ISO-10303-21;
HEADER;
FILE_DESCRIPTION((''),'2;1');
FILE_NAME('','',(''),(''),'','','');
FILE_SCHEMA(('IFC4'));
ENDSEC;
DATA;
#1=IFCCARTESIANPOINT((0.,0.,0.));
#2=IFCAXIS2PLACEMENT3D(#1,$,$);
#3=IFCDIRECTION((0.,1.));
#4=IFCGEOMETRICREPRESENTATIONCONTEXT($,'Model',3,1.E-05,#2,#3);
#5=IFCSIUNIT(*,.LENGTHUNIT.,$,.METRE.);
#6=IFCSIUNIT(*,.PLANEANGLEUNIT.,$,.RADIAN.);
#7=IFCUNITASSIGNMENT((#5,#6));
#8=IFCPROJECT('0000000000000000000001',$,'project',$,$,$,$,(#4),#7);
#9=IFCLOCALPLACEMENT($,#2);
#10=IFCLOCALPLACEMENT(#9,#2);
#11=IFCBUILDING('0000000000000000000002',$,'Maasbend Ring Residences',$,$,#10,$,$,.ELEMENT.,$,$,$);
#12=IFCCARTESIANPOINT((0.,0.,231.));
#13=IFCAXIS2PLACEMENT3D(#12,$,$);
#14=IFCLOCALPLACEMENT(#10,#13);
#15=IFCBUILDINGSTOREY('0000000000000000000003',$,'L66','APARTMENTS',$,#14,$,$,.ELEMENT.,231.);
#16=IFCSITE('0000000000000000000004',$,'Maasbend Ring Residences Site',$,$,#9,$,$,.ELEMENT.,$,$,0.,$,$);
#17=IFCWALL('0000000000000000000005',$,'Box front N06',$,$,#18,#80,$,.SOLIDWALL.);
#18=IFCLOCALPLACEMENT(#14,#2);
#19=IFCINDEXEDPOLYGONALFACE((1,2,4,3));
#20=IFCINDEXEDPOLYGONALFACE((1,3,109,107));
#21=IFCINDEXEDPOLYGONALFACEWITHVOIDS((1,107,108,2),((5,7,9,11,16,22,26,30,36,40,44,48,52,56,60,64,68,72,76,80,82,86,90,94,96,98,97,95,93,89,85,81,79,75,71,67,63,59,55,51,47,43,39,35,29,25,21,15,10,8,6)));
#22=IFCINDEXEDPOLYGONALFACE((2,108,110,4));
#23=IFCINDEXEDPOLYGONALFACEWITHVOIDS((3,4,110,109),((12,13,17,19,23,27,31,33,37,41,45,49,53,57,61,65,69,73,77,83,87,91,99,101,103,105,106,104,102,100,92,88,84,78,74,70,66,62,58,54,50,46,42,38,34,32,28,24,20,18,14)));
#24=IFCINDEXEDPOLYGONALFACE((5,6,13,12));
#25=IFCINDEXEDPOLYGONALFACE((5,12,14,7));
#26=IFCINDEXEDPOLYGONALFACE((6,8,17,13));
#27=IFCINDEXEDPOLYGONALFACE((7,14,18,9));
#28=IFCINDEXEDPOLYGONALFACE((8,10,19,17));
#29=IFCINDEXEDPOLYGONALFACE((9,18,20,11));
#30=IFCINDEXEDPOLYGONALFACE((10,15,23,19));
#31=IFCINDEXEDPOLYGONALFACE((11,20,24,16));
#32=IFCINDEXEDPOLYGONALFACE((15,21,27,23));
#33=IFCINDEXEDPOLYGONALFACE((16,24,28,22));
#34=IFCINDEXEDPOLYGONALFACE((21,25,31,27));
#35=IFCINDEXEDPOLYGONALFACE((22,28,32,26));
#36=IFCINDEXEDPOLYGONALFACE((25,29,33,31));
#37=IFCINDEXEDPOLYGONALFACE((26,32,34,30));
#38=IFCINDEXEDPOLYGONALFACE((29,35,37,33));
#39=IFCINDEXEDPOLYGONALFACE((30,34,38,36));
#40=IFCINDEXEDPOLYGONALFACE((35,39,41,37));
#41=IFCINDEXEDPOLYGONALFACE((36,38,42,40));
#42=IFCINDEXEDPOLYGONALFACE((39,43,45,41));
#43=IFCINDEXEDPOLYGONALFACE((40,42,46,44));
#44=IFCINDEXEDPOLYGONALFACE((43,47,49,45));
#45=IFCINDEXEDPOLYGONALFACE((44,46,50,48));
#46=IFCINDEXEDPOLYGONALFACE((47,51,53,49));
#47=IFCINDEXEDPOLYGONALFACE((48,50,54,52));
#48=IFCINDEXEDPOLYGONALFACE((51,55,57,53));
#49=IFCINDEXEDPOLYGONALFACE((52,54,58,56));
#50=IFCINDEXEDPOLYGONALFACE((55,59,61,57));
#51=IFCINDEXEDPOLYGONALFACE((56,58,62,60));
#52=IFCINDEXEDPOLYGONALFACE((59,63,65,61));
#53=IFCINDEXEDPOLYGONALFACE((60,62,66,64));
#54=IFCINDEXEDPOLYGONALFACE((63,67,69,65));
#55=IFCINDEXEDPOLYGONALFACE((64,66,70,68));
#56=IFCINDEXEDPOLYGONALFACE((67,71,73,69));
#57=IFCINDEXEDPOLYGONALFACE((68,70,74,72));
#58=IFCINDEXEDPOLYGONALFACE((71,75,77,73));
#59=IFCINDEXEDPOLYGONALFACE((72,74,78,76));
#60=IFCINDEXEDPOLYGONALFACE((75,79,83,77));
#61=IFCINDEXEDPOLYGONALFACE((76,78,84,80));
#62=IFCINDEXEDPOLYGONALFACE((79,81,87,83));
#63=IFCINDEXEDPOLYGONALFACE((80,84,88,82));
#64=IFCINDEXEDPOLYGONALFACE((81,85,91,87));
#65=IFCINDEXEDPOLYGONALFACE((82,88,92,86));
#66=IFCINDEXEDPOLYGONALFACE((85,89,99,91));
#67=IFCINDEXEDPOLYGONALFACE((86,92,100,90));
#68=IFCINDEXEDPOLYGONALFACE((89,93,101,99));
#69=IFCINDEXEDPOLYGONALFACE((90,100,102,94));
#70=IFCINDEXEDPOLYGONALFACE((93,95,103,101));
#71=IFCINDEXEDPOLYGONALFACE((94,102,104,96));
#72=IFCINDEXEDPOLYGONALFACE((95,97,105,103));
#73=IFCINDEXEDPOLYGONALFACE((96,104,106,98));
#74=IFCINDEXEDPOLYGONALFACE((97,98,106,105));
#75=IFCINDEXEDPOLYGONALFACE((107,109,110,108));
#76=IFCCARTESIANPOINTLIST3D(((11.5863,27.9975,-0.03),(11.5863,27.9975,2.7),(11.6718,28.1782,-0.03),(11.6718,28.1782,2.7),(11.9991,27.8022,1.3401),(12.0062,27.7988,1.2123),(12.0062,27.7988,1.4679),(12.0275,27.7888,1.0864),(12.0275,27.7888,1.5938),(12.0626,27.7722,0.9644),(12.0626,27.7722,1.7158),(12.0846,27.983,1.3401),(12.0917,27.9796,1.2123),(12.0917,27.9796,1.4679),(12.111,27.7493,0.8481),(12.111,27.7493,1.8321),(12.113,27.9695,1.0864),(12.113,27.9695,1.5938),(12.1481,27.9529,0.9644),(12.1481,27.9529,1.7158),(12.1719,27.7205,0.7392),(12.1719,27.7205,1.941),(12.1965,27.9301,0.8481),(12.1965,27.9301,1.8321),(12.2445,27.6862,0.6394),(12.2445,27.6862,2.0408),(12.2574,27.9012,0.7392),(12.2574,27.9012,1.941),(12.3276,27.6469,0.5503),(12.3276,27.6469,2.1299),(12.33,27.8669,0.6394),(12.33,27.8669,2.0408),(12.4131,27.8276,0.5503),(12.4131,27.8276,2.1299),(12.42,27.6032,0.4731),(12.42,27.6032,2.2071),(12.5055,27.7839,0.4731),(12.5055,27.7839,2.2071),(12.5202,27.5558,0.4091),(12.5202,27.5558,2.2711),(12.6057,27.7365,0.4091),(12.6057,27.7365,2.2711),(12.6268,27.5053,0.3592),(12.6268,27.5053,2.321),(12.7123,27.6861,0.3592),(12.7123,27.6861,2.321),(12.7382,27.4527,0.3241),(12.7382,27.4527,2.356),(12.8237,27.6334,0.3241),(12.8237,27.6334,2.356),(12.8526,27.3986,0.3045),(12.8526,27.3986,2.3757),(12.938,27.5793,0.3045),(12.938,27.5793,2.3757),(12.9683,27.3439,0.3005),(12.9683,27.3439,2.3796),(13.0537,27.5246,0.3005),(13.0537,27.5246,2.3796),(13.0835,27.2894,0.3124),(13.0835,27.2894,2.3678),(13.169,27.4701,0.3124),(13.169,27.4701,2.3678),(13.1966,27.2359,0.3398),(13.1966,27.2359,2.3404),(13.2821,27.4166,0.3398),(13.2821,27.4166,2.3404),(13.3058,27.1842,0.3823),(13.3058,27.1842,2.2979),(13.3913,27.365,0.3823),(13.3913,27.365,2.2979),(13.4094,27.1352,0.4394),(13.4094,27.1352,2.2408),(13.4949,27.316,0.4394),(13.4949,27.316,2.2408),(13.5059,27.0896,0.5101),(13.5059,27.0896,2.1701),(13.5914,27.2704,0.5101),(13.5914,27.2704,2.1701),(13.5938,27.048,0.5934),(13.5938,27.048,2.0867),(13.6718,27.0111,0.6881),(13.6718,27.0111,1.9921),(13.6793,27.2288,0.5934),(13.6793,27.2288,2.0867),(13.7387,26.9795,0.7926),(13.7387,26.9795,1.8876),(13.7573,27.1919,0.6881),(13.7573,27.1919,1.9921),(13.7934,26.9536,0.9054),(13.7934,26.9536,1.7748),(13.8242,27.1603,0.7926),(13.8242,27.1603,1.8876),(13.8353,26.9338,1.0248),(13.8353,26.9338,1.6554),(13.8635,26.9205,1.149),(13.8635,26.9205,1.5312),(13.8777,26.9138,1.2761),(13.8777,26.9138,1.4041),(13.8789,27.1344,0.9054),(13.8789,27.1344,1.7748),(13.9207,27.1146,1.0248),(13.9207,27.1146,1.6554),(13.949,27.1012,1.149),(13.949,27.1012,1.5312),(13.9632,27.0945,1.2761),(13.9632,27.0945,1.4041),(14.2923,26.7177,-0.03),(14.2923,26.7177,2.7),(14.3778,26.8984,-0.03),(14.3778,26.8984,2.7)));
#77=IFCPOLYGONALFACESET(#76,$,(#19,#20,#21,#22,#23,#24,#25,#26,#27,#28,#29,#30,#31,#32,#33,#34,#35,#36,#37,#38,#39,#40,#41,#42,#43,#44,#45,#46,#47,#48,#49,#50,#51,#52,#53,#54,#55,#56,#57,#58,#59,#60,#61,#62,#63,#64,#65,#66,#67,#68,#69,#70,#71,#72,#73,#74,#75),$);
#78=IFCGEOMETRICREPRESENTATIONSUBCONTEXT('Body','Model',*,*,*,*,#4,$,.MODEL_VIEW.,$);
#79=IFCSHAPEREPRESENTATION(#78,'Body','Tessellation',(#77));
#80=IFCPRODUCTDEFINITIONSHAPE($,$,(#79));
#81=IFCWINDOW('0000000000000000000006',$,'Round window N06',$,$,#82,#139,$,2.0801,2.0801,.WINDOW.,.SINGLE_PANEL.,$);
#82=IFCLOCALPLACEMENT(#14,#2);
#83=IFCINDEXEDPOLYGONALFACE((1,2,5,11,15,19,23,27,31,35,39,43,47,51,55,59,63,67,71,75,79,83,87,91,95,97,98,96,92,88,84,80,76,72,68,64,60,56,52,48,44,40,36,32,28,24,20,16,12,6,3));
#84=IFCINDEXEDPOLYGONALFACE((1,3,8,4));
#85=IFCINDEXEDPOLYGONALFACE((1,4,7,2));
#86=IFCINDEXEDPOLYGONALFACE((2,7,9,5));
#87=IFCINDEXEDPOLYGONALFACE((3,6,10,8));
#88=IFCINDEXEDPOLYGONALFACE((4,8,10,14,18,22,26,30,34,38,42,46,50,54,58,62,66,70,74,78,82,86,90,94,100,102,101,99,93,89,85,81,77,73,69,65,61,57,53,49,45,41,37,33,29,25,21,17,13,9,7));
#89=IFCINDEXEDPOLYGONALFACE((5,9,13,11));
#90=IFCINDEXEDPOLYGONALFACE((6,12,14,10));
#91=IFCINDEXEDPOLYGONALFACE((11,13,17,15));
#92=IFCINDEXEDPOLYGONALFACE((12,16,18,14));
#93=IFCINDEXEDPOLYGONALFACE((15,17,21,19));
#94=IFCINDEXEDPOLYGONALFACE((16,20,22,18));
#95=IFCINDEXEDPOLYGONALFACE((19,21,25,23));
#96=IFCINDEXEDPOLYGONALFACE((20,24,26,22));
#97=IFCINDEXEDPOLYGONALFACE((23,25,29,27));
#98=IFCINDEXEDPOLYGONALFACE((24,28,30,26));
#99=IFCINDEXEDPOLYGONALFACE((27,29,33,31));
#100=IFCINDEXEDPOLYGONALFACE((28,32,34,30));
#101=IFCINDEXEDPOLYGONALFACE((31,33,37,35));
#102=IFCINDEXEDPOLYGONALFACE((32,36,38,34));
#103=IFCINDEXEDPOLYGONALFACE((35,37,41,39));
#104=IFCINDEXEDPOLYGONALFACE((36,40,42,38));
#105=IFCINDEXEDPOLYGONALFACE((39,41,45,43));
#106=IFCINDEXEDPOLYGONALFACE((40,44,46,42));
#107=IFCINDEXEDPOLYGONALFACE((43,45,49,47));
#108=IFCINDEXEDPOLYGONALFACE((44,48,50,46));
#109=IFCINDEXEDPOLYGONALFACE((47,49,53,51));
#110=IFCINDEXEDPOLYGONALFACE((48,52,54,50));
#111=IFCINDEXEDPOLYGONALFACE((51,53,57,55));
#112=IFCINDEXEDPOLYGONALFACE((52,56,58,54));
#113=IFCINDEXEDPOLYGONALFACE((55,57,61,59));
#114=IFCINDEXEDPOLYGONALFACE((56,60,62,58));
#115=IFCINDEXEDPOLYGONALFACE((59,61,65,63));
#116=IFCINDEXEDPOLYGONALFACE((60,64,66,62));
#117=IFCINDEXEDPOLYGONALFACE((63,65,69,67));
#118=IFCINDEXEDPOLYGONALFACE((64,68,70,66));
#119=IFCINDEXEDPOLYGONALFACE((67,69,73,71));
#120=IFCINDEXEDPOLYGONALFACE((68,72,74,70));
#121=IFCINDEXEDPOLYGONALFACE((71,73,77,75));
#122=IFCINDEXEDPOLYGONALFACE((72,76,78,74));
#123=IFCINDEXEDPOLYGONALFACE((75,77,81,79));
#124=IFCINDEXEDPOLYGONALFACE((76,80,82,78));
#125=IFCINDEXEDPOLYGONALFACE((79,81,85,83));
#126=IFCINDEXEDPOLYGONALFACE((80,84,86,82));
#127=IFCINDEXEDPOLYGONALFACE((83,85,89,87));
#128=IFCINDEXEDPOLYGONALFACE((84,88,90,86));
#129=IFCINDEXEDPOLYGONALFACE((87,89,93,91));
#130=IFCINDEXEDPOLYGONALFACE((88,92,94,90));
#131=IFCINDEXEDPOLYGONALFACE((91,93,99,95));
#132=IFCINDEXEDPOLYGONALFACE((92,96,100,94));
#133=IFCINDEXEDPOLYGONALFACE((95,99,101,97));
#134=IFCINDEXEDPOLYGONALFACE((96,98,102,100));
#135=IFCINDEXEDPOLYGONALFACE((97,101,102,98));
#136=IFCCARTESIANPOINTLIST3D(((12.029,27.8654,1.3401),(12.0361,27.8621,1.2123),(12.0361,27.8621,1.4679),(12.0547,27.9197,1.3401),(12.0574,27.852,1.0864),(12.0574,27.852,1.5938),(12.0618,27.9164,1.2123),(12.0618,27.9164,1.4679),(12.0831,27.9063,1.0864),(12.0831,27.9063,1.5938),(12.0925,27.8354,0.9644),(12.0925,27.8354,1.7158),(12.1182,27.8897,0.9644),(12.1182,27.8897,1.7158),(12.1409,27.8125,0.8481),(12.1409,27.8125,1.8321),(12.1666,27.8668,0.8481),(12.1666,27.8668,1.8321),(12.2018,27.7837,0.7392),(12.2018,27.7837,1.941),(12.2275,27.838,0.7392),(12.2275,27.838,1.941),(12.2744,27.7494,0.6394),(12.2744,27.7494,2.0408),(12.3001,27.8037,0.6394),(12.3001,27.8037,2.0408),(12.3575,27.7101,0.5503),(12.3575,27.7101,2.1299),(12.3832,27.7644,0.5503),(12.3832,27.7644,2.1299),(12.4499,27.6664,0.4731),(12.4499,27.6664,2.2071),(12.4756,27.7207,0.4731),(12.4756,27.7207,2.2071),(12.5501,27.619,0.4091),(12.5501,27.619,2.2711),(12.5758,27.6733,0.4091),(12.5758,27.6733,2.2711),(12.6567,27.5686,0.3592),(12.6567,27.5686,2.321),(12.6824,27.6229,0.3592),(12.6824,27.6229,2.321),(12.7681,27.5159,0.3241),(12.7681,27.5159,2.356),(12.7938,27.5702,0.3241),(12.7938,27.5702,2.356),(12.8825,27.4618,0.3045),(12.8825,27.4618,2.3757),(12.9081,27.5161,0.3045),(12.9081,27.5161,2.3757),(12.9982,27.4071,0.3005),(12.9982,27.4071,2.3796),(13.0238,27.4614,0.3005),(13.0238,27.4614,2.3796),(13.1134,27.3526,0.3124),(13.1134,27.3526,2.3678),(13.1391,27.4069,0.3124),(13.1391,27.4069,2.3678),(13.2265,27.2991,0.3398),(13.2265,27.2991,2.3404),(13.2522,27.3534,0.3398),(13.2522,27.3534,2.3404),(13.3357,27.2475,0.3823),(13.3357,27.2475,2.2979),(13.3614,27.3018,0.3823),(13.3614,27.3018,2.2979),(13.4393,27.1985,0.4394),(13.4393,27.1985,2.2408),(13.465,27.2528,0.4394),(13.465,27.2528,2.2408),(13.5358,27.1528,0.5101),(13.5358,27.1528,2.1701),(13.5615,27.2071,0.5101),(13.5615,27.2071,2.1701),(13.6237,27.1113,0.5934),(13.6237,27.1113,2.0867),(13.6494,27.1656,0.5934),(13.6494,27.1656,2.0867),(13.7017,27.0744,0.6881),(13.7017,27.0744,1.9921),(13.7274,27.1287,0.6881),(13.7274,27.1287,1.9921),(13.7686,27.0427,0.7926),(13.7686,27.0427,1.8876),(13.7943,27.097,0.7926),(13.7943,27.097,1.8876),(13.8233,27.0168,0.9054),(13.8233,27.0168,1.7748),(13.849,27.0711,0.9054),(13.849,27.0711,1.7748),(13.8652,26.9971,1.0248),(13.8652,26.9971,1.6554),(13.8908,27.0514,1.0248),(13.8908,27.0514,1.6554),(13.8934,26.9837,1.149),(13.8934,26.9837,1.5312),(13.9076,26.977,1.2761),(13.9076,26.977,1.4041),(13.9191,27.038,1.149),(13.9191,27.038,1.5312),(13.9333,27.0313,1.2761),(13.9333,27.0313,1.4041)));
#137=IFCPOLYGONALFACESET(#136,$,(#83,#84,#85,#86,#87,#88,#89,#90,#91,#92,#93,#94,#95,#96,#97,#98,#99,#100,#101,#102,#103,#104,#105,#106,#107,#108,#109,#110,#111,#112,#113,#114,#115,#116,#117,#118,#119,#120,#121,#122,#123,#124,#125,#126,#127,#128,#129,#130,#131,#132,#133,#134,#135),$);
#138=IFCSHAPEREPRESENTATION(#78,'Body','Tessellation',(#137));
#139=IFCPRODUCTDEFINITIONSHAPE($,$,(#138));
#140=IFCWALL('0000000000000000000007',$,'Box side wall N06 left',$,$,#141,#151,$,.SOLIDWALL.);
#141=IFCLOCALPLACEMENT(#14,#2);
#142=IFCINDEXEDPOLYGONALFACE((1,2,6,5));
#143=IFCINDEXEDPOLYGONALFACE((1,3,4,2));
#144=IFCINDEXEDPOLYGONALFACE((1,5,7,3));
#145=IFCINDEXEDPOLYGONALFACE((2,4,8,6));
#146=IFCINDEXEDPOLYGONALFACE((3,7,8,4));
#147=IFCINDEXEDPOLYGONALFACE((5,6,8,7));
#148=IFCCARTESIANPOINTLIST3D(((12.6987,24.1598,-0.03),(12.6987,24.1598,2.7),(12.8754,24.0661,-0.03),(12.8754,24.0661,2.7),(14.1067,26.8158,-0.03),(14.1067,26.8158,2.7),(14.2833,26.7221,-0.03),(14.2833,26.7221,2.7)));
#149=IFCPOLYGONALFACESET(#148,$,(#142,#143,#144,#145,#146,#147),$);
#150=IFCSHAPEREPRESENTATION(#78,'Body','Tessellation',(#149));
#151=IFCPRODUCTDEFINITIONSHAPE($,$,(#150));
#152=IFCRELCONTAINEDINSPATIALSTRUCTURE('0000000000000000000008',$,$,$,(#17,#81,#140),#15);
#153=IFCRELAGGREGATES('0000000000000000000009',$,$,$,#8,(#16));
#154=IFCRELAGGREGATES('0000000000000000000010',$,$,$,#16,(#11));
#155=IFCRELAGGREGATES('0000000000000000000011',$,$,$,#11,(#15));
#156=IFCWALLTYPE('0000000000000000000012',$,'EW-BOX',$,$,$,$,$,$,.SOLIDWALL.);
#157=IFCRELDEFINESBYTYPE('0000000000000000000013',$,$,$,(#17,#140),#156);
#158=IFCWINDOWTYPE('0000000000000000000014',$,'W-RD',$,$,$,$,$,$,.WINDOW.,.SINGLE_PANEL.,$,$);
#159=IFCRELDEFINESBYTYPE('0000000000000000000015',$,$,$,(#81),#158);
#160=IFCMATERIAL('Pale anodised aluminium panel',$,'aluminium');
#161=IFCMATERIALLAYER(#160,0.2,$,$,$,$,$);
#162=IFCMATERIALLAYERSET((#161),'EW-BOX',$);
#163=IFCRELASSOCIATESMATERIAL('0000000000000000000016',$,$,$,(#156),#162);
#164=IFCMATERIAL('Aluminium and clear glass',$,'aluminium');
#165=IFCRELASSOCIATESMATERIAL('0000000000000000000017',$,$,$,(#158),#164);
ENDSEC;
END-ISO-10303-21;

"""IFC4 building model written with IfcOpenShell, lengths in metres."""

from ifc_helpers import new_model, si_unit, direction, frame, frame_2d, origin, place, context, subcontext, project, spatial, rectangle, circle, extrude, material, layer, layer_set, type_object, element, fill, save


model = new_model("IFC4")

# Units and contexts
model_context = context("Model", 3, precision=1e-05, world=origin(), true_north=direction((0.0, 1.0)))
body_context = subcontext(model_context, "Body", "Model", "MODEL_VIEW")
ifc_project = project(units=[si_unit("LENGTHUNIT", "METRE"), si_unit("PLANEANGLEUNIT", "RADIAN")], contexts=[model_context])

# Site, building, storey
site_placement = place(None, origin())
site = spatial("IfcSite", under=ifc_project, at=site_placement, Name="Maasbend Ring Residences Site", CompositionType="ELEMENT", RefElevation=0.0)
building_placement = place(site_placement, origin())
building = spatial("IfcBuilding", under=site, at=building_placement, Name="Maasbend Ring Residences", CompositionType="ELEMENT")
storey_placement = place(building_placement, frame((0.0, 0.0, 231.0)))
storey = spatial("IfcBuildingStorey", under=building, at=storey_placement, Name="L66", Description="APARTMENTS", CompositionType="ELEMENT", Elevation=231.0)

# Shared definitions
ifc_material_1 = material(Name="Pale anodised aluminium panel", Category="aluminium")
ifc_layer_1 = layer(ifc_material_1, 0.2)
ifc_layer_set_1 = layer_set([ifc_layer_1], Name="EW-BOX")
wall_type_1 = type_object("IfcWallType", Name="EW-BOX", PredefinedType="SOLIDWALL", material=ifc_layer_set_1)

# Wall, opening, window
wall_1_placement = place(storey_placement, frame((14.335, 26.8081, -0.03), z_axis=(0.0, 0.0, 1.0), x_axis=(-0.904, 0.427532, 0.0)))
wall_1 = element("IfcWall", 1, at=wall_1_placement, inside=storey, type_object=wall_type_1, Name="Box front N06", PredefinedType="SOLIDWALL", context=body_context, shape_type="SweptSolid", body=[
    extrude(rectangle(XDim=2.9934, YDim=0.2, at=frame_2d((1.4966, 0.0))), origin(), (0.0, 0.0, 1.0), 2.73),
])
opening_1_placement = place(wall_1_placement, frame((0.4565, 0.0, 0.3301)))
opening_1 = element("IfcOpeningElement", 2, at=opening_1_placement, cuts=wall_1, PredefinedType="OPENING", context=body_context, shape_type="SweptSolid", body=[
    extrude(circle(Radius=1.04, at=frame_2d((1.04, 1.04))), frame((0.0, 0.1099, 0.0), z_axis=(0.0, -1.0, 0.0), x_axis=(1.0, 0.0, 0.0)), (0.0, 0.0, 1.0), 0.22),
])
ifc_material_2 = material(Name="Aluminium and clear glass", Category="aluminium")
window_type_1 = type_object("IfcWindowType", Name="W-RD", PartitioningType="SINGLE_PANEL", PredefinedType="WINDOW", material=ifc_material_2)
window_1_placement = place(opening_1_placement, origin())
window_1 = element("IfcWindow", 3, at=window_1_placement, inside=storey, type_object=window_type_1, Name="Round window N06", OverallHeight=2.0801, OverallWidth=2.0801, PartitioningType="SINGLE_PANEL", PredefinedType="WINDOW", context=body_context, shape_type="SweptSolid", body=[
    extrude(circle(Radius=1.04, at=frame_2d((1.04, 1.04))), frame((0.0, 0.03, 0.0), z_axis=(0.0, -1.0, 0.0), x_axis=(1.0, 0.0, 0.0)), (0.0, 0.0, 1.0), 0.0601),
])
fill(opening_1, window_1)

# Wall
wall_2_placement = place(storey_placement, frame((12.7871, 24.113, -0.03), z_axis=(0.0, 0.0, 1.0), x_axis=(0.468365, 0.883535, 0.0)))
element("IfcWall", 4, at=wall_2_placement, inside=storey, type_object=wall_type_1, Name="Box side wall N06 left", PredefinedType="SOLIDWALL", context=body_context, shape_type="SweptSolid", body=[
    extrude(rectangle(XDim=3.0061, YDim=0.2, at=frame_2d((1.5029, 0.0))), origin(), (0.0, 0.0, 1.0), 2.73),
])

save(model, "model.ifc")
